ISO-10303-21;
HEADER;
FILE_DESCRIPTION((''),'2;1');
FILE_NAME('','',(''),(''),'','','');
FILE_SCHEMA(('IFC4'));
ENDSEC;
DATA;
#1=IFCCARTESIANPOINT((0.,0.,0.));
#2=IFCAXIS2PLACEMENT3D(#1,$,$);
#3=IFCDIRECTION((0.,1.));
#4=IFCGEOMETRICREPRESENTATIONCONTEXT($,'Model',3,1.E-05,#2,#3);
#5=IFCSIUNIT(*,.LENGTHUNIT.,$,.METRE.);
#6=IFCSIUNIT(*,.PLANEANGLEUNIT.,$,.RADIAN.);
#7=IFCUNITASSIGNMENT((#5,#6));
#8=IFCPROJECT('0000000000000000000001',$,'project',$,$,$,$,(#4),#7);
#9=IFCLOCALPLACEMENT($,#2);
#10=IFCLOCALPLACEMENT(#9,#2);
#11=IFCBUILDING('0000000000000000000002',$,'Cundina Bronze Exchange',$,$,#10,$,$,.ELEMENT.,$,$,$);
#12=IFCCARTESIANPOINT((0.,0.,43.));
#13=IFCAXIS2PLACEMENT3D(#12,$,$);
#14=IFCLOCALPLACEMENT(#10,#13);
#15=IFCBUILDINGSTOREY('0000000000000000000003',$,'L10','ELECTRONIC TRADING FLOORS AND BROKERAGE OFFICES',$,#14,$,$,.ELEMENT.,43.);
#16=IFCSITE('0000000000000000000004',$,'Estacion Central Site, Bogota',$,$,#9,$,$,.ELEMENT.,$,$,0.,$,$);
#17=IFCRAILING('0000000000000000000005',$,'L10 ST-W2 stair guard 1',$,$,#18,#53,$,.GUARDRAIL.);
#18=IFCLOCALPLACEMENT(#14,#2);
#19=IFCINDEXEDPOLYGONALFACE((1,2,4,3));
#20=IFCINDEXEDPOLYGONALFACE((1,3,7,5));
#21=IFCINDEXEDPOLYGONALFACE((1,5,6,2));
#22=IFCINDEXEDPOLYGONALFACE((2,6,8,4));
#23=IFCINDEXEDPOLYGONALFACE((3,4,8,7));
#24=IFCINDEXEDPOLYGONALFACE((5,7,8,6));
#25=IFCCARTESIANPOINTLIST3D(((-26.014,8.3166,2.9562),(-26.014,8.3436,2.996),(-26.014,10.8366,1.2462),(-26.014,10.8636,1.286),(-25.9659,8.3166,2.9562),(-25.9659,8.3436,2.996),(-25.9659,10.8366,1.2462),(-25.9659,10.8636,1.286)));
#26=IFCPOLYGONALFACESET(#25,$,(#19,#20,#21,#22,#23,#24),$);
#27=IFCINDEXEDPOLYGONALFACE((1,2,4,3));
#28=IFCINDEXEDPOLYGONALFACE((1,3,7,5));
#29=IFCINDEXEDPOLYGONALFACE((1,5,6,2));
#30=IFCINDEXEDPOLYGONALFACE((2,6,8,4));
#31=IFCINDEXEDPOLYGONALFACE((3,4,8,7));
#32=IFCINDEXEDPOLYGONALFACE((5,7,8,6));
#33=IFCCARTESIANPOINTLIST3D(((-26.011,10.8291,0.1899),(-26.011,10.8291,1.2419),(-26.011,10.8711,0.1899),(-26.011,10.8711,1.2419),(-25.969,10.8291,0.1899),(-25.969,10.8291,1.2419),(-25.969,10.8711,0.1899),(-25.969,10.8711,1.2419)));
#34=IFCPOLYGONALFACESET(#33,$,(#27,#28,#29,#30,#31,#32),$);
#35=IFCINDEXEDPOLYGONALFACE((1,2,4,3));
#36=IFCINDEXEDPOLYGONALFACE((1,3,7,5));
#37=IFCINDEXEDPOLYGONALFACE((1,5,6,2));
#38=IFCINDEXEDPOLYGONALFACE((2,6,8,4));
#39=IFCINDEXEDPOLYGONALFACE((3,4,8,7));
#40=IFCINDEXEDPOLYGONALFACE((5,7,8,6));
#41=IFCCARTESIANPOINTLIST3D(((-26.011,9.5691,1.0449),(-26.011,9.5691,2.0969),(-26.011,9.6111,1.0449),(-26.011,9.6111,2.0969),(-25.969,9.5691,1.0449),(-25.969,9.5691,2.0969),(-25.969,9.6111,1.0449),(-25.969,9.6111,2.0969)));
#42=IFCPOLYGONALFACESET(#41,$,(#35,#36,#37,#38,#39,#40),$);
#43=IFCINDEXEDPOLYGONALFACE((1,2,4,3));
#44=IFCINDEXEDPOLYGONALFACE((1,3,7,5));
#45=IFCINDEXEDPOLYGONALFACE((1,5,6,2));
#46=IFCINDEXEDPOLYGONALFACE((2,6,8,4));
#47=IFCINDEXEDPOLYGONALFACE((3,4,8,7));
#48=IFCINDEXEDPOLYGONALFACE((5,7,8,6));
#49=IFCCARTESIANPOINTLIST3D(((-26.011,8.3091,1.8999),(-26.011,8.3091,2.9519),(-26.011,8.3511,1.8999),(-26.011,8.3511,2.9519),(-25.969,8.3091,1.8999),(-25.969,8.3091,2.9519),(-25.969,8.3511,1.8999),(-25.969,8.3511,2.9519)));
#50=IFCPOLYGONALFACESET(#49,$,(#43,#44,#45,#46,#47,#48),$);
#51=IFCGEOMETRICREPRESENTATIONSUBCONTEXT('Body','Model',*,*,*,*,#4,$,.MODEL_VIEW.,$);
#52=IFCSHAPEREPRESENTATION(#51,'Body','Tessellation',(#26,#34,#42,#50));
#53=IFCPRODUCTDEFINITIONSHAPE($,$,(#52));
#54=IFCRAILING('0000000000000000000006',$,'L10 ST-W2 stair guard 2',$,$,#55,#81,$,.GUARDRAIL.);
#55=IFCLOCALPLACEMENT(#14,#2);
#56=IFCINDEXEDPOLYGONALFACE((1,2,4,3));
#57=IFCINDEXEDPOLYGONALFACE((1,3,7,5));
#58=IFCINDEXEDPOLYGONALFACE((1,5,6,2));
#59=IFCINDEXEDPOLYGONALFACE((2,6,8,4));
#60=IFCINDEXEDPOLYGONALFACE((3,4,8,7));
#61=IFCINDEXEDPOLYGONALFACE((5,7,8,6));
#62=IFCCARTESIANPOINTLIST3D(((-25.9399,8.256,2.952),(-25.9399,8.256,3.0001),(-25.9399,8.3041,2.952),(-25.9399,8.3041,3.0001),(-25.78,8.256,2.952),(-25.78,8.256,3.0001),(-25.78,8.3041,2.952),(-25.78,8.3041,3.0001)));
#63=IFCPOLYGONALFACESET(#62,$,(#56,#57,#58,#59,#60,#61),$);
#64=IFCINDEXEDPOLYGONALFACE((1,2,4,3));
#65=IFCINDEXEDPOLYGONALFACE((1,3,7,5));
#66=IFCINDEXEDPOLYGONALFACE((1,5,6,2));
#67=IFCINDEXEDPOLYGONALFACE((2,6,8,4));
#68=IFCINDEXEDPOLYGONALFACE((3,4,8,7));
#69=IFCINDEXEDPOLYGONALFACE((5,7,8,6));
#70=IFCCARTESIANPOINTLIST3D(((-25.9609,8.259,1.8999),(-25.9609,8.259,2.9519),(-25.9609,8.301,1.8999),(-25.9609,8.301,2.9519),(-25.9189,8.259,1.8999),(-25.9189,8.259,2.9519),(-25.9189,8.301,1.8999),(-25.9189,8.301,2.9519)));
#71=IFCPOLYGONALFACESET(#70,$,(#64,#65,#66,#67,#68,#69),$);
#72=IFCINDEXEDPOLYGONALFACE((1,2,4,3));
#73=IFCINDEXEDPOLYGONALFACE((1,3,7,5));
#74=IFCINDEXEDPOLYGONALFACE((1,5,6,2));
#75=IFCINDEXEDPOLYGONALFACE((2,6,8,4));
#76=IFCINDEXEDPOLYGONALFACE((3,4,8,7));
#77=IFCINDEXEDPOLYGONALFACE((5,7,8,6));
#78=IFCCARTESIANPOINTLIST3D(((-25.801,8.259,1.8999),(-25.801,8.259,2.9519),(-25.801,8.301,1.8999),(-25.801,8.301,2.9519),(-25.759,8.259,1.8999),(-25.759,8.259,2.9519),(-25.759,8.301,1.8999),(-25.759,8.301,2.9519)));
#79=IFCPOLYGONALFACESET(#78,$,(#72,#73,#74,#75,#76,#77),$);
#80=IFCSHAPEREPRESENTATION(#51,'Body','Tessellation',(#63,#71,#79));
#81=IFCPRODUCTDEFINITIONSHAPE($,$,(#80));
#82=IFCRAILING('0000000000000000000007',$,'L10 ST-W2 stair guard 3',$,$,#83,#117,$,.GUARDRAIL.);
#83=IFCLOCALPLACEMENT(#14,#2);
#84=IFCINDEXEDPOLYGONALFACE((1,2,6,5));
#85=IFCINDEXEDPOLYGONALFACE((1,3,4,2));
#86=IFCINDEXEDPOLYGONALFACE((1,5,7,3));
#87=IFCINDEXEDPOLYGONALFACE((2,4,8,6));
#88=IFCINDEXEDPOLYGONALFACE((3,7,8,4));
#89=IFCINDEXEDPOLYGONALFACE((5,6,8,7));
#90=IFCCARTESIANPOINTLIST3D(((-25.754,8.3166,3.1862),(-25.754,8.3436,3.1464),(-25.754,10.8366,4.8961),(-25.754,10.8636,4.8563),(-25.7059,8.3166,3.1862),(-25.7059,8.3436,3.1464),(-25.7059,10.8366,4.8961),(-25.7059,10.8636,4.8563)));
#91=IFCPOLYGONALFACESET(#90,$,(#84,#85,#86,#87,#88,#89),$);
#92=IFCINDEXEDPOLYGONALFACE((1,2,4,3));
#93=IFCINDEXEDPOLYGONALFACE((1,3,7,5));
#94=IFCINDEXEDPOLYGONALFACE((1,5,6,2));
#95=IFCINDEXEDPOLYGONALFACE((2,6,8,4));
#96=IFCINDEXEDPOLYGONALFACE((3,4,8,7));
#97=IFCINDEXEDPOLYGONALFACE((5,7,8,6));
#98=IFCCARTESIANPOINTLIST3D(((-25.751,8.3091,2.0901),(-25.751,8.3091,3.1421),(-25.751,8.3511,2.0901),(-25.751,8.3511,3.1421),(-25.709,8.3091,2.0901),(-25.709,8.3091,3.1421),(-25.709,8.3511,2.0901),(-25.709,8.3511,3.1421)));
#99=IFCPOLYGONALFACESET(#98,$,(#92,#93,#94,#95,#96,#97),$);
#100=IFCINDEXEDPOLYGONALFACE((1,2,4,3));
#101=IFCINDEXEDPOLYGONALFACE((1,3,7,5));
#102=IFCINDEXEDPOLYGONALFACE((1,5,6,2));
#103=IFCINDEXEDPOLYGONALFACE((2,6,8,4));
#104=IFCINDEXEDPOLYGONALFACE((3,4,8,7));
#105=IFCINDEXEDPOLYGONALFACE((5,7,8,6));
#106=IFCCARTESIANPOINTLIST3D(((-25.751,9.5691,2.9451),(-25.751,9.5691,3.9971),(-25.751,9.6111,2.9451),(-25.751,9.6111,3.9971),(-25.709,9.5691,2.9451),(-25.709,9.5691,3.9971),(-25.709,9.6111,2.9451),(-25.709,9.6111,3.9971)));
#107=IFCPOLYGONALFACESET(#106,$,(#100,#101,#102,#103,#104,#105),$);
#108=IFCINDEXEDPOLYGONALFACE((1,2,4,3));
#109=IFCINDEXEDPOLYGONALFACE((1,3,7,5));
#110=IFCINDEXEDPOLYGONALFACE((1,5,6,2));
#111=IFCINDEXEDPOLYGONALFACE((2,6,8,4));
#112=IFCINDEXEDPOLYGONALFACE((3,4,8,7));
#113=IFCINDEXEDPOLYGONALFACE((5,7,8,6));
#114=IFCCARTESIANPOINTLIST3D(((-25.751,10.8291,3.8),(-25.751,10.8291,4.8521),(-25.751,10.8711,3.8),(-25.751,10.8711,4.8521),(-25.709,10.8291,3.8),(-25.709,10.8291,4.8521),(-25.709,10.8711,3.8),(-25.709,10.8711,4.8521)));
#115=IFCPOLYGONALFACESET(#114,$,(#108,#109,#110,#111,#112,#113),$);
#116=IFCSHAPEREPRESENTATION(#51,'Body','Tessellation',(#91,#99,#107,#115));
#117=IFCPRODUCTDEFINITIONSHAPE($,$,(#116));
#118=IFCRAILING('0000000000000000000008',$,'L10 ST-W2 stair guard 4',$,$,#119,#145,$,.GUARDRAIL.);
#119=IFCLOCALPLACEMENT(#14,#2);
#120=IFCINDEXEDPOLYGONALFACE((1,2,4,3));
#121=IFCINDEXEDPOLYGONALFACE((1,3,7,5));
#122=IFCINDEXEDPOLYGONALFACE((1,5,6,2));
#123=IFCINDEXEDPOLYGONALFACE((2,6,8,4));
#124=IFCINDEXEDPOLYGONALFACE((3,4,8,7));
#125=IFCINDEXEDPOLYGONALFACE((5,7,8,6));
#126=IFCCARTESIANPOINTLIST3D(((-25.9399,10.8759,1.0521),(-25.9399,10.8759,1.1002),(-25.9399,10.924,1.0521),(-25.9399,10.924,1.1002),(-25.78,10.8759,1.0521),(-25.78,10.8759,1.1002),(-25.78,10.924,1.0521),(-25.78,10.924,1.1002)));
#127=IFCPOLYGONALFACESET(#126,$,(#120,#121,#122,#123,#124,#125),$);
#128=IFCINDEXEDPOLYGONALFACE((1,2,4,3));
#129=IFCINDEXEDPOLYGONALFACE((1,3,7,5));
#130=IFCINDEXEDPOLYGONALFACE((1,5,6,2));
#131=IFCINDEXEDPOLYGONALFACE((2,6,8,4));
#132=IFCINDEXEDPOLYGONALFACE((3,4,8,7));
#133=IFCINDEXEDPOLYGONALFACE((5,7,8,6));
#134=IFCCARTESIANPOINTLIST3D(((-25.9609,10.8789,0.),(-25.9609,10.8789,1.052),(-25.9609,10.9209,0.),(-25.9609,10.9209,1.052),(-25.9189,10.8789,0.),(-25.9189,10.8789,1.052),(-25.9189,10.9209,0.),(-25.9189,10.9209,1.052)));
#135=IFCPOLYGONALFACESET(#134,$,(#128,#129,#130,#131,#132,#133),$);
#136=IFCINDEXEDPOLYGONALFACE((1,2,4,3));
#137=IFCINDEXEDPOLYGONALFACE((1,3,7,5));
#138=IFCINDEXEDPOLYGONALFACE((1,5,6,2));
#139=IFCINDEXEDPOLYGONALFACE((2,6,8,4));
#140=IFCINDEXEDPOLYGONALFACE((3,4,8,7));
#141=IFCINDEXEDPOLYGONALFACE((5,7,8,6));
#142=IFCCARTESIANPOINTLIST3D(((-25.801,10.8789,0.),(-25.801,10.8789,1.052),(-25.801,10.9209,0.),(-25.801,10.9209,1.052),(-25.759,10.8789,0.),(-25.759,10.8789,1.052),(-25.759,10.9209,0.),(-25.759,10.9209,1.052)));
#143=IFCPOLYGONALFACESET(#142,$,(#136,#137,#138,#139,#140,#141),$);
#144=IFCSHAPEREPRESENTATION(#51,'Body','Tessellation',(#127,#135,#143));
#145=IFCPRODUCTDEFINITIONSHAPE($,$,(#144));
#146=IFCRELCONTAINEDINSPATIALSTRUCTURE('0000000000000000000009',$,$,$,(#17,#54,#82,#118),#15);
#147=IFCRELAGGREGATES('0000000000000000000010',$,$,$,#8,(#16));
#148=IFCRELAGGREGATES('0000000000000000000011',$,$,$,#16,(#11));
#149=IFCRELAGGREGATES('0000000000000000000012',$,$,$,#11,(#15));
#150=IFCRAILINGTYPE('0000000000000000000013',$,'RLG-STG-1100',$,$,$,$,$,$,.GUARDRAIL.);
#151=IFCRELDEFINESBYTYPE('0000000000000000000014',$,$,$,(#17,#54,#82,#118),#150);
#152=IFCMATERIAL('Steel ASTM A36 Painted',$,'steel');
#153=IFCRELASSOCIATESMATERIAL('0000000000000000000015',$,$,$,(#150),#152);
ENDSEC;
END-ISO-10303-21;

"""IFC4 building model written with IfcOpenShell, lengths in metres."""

from ifc_helpers import new_model, si_unit, direction, frame, origin, origin_2d, place, context, subcontext, project, spatial, rectangle, extrude, material, type_object, element, save


model = new_model("IFC4")

# Units and contexts
model_context = context("Model", 3, precision=1e-05, world=origin(), true_north=direction((0.0, 1.0)))
body_context = subcontext(model_context, "Body", "Model", "MODEL_VIEW")
ifc_project = project(units=[si_unit("LENGTHUNIT", "METRE"), si_unit("PLANEANGLEUNIT", "RADIAN")], contexts=[model_context])

# Site, building, storey
site_placement = place(None, origin())
site = spatial("IfcSite", under=ifc_project, at=site_placement, Name="Estacion Central Site, Bogota", CompositionType="ELEMENT", RefElevation=0.0)
building_placement = place(site_placement, origin())
building = spatial("IfcBuilding", under=site, at=building_placement, Name="Cundina Bronze Exchange", CompositionType="ELEMENT")
storey_placement = place(building_placement, frame((0.0, 0.0, 43.0)))
storey = spatial("IfcBuildingStorey", under=building, at=storey_placement, Name="L10", Description="ELECTRONIC TRADING FLOORS AND BROKERAGE OFFICES", CompositionType="ELEMENT", Elevation=43.0)

# Shared definitions
ifc_material_1 = material(Name="Steel ASTM A36 Painted", Category="steel")

# Railings
railing_type_1 = type_object("IfcRailingType", Name="RLG-STG-1100", PredefinedType="GUARDRAIL", material=ifc_material_1)
railing_1_placement = place(storey_placement, frame((-25.99, 10.8501, 0.1899)))
element("IfcRailing", 1, at=railing_1_placement, inside=storey, type_object=railing_type_1, Name="L10 ST-W2 stair guard 1", PredefinedType="GUARDRAIL", context=body_context, shape_type="SweptSolid", body=[
    extrude(rectangle(XDim=0.0481, YDim=0.0481, at=origin_2d()), frame((0.0, 0.0, 1.0762), z_axis=(0.0, -0.827484, 0.56149), x_axis=(1.0, 0.0, 0.0)), (0.0, 0.0, 1.0), 3.0454),
    extrude(rectangle(XDim=0.042, YDim=0.042, at=origin_2d()), origin(), (0.0, 0.0, 1.0), 1.052),
    extrude(rectangle(XDim=0.042, YDim=0.042, at=origin_2d()), frame((0.0, -1.26, 0.855)), (0.0, 0.0, 1.0), 1.052),
    extrude(rectangle(XDim=0.042, YDim=0.042, at=origin_2d()), frame((0.0, -2.52, 1.71)), (0.0, 0.0, 1.0), 1.052),
])
railing_2_placement = place(storey_placement, frame((-25.9399, 8.28, 1.8999)))
element("IfcRailing", 2, at=railing_2_placement, inside=storey, type_object=railing_type_1, Name="L10 ST-W2 stair guard 2", PredefinedType="GUARDRAIL", context=body_context, shape_type="SweptSolid", body=[
    extrude(rectangle(XDim=0.0481, YDim=0.0481, at=origin_2d()), frame((0.0, 0.0, 1.0762), z_axis=(1.0, 0.0, 0.0), x_axis=(0.0, 1.0, 0.0)), (0.0, 0.0, 1.0), 0.1599),
    extrude(rectangle(XDim=0.042, YDim=0.042, at=origin_2d()), origin(), (0.0, 0.0, 1.0), 1.052),
    extrude(rectangle(XDim=0.042, YDim=0.042, at=origin_2d()), frame((0.1599, 0.0, 0.0)), (0.0, 0.0, 1.0), 1.052),
])
railing_3_placement = place(storey_placement, frame((-25.73, 8.3301, 2.0901)))
element("IfcRailing", 3, at=railing_3_placement, inside=storey, type_object=railing_type_1, Name="L10 ST-W2 stair guard 3", PredefinedType="GUARDRAIL", context=body_context, shape_type="SweptSolid", body=[
    extrude(rectangle(XDim=0.0481, YDim=0.0481, at=origin_2d()), frame((0.0, 0.0, 1.0762), z_axis=(0.0, 0.827484, 0.56149), x_axis=(-1.0, 0.0, 0.0)), (0.0, 0.0, 1.0), 3.0454),
    extrude(rectangle(XDim=0.042, YDim=0.042, at=origin_2d()), origin(), (0.0, 0.0, 1.0), 1.052),
    extrude(rectangle(XDim=0.042, YDim=0.042, at=origin_2d()), frame((0.0, 1.26, 0.855)), (0.0, 0.0, 1.0), 1.052),
    extrude(rectangle(XDim=0.042, YDim=0.042, at=origin_2d()), frame((0.0, 2.52, 1.71)), (0.0, 0.0, 1.0), 1.052),
])
railing_4_placement = place(storey_placement, frame((-25.9399, 10.8999, 0.0)))
element("IfcRailing", 4, at=railing_4_placement, inside=storey, type_object=railing_type_1, Name="L10 ST-W2 stair guard 4", PredefinedType="GUARDRAIL", context=body_context, shape_type="SweptSolid", body=[
    extrude(rectangle(XDim=0.0481, YDim=0.0481, at=origin_2d()), frame((0.0, 0.0, 1.0762), z_axis=(1.0, 0.0, 0.0), x_axis=(0.0, 1.0, 0.0)), (0.0, 0.0, 1.0), 0.1599),
    extrude(rectangle(XDim=0.042, YDim=0.042, at=origin_2d()), origin(), (0.0, 0.0, 1.0), 1.052),
    extrude(rectangle(XDim=0.042, YDim=0.042, at=origin_2d()), frame((0.1599, 0.0, 0.0)), (0.0, 0.0, 1.0), 1.052),
])

save(model, "model.ifc")
